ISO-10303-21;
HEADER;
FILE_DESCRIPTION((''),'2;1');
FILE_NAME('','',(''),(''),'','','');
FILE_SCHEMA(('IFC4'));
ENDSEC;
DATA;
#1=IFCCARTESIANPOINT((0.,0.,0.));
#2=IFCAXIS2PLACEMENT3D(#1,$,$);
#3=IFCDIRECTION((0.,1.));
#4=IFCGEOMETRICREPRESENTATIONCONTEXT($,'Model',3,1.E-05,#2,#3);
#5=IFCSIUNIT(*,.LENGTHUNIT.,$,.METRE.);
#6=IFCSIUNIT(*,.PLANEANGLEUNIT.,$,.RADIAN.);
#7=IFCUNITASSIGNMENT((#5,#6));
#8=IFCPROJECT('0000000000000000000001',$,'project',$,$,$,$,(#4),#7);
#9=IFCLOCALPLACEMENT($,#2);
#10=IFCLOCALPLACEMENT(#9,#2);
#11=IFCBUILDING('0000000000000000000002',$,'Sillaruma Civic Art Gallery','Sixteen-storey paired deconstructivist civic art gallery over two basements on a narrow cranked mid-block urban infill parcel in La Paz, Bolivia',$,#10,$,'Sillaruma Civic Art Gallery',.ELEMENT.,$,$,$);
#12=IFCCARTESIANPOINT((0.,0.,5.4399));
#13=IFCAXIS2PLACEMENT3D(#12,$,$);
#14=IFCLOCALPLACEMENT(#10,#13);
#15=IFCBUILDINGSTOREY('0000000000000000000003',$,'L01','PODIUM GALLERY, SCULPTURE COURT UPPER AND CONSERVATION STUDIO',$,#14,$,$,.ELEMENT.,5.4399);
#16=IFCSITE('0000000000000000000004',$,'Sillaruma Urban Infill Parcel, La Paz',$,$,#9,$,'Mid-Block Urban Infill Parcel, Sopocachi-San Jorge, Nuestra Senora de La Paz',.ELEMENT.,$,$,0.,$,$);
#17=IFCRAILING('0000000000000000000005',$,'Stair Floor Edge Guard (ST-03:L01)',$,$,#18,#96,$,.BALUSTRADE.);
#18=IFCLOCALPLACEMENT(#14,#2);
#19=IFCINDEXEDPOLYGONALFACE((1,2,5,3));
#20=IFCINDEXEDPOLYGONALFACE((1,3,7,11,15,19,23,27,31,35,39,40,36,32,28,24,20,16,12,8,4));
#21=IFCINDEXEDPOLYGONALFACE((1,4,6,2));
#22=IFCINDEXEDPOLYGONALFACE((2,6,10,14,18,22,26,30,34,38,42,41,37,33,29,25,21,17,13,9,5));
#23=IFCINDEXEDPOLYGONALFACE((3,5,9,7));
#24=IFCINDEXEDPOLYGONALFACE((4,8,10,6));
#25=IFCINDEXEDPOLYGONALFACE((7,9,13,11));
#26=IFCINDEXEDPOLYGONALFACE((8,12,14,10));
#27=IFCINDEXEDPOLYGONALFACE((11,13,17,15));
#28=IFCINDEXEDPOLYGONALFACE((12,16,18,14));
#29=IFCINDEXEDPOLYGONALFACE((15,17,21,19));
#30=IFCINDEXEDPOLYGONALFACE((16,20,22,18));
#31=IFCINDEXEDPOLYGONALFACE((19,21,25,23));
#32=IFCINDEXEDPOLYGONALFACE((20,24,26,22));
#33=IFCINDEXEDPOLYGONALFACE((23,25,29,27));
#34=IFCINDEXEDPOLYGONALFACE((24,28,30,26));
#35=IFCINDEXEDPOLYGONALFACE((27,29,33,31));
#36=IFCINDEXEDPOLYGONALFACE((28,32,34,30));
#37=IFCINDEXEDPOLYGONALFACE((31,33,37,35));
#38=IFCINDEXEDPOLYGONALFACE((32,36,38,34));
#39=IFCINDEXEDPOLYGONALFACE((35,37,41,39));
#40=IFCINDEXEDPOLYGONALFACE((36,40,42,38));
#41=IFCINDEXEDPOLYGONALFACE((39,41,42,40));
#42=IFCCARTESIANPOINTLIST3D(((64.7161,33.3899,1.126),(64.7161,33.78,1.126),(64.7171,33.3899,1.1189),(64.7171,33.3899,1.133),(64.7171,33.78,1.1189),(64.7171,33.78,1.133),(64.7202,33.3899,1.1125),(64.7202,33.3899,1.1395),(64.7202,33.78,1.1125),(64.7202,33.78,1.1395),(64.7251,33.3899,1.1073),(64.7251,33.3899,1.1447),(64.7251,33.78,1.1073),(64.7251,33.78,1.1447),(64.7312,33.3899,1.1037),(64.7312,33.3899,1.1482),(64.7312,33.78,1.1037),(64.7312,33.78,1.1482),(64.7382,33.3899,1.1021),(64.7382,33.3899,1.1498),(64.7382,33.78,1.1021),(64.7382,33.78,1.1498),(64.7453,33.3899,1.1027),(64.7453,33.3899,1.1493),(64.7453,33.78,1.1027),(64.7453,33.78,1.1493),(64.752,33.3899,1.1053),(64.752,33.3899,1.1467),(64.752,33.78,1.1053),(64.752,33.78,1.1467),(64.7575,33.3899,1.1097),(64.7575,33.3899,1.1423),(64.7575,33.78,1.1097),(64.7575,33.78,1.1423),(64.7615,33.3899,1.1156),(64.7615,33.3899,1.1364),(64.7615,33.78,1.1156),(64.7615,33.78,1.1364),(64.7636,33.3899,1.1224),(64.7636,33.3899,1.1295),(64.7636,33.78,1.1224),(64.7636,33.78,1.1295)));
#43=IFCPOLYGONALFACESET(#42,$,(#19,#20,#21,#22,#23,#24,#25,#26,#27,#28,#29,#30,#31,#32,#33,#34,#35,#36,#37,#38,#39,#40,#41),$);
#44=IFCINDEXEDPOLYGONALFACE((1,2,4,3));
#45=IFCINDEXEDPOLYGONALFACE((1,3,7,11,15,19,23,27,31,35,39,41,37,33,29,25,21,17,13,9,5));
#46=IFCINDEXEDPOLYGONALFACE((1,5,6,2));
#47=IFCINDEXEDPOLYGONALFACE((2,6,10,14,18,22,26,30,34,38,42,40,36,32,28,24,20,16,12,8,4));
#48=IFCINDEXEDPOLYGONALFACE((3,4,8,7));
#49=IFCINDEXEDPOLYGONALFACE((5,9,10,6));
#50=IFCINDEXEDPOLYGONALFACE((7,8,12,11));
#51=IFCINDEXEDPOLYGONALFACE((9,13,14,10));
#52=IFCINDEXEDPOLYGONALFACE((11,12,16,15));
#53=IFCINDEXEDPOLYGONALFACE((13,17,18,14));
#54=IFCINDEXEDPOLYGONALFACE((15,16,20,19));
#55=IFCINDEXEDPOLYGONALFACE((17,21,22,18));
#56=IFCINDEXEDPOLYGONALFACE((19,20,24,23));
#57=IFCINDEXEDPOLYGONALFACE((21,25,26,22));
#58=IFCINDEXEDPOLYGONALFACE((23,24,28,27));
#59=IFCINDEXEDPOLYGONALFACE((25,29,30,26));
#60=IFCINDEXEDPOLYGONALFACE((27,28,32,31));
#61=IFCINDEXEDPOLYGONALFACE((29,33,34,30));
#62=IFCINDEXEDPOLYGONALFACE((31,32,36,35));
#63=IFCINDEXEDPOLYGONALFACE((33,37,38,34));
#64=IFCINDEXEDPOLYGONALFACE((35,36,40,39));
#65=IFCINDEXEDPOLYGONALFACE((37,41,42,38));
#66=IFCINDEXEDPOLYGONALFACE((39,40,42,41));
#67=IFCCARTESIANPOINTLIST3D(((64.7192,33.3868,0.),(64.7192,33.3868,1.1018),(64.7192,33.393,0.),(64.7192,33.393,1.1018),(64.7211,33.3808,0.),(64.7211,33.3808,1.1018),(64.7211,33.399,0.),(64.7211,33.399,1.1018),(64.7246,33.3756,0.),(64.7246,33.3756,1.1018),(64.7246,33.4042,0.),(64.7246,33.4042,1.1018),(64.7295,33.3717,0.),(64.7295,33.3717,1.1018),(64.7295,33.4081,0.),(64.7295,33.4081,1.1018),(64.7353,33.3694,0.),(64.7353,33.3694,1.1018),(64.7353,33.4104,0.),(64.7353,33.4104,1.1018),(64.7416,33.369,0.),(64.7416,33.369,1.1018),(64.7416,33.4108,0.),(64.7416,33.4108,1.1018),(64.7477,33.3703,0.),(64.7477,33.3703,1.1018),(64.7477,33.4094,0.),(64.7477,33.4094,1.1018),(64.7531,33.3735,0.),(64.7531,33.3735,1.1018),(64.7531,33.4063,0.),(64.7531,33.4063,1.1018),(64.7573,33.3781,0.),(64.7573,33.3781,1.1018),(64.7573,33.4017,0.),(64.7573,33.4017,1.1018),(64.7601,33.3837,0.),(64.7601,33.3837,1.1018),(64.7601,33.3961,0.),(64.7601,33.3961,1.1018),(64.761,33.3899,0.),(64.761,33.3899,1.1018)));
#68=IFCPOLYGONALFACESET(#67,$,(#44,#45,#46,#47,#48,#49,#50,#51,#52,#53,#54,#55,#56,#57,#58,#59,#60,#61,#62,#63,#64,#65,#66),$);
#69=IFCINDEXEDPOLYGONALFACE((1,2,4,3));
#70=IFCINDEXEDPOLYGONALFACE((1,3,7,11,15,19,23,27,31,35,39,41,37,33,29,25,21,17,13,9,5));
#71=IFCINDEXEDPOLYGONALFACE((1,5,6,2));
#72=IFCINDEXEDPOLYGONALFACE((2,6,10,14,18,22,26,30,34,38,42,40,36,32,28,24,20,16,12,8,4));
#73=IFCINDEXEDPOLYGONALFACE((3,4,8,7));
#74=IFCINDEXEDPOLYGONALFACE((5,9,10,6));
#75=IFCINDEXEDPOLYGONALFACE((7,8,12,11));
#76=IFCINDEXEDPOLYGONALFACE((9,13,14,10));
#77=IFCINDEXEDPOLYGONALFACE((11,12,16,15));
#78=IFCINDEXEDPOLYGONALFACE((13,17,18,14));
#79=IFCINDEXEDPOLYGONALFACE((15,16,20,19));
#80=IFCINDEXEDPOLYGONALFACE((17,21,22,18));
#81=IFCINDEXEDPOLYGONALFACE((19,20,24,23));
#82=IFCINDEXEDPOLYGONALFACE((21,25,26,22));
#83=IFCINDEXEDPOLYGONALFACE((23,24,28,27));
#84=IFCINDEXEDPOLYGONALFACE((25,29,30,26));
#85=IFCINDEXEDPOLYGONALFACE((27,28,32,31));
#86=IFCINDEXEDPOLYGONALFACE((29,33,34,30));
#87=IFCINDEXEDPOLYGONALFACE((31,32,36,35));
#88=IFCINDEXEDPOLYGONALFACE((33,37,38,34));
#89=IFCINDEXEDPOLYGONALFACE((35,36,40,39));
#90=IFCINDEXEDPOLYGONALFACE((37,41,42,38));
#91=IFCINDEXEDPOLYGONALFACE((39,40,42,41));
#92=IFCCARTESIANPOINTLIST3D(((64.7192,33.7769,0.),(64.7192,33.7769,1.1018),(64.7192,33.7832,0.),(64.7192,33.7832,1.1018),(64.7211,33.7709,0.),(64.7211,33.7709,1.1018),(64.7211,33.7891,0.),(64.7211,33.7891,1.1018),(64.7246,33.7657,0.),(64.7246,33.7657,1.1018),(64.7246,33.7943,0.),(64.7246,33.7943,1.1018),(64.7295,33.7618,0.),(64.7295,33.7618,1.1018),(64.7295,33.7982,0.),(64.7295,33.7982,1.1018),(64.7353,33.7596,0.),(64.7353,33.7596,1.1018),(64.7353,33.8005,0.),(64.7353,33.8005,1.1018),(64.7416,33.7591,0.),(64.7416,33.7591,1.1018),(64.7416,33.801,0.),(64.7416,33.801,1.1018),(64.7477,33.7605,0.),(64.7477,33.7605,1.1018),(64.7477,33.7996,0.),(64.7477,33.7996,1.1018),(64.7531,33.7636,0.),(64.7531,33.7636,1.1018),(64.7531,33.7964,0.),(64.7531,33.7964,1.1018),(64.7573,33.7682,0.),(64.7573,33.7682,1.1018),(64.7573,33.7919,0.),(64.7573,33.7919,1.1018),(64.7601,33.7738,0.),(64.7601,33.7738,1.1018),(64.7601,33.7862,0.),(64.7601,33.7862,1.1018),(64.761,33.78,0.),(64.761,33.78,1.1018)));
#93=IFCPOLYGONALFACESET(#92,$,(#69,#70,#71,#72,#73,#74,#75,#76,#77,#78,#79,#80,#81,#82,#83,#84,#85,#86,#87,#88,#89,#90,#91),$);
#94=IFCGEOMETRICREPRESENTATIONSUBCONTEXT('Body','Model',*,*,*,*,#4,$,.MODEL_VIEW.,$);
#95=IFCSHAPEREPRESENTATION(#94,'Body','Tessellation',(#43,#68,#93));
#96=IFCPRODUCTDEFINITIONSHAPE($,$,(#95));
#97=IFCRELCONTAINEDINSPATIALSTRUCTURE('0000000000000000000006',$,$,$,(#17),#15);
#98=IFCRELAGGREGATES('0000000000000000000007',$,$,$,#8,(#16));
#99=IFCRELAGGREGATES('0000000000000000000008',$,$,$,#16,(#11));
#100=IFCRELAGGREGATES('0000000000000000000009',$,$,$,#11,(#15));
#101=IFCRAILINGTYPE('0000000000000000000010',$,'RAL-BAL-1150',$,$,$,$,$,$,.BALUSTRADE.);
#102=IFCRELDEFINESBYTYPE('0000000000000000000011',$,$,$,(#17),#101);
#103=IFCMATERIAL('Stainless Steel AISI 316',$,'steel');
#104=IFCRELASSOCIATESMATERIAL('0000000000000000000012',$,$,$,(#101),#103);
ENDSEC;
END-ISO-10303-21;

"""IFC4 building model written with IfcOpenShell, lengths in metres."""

from ifc_helpers import new_model, si_unit, direction, frame, origin, origin_2d, place, context, subcontext, project, spatial, circle, extrude, material, type_object, element, save


model = new_model("IFC4")

# Units and contexts
model_context = context("Model", 3, precision=1e-05, world=origin(), true_north=direction((0.0, 1.0)))
body_context = subcontext(model_context, "Body", "Model", "MODEL_VIEW")
ifc_project = project(units=[si_unit("LENGTHUNIT", "METRE"), si_unit("PLANEANGLEUNIT", "RADIAN")], contexts=[model_context])

# Site, building, storey
site_placement = place(None, origin())
site = spatial("IfcSite", under=ifc_project, at=site_placement, Name="Sillaruma Urban Infill Parcel, La Paz", LongName="Mid-Block Urban Infill Parcel, Sopocachi-San Jorge, Nuestra Senora de La Paz", CompositionType="ELEMENT", RefElevation=0.0)
building_placement = place(site_placement, origin())
building = spatial("IfcBuilding", under=site, at=building_placement, Name="Sillaruma Civic Art Gallery", Description="Sixteen-storey paired deconstructivist civic art gallery over two basements on a narrow cranked mid-block urban infill parcel in La Paz, Bolivia", LongName="Sillaruma Civic Art Gallery", CompositionType="ELEMENT")
storey_placement = place(building_placement, frame((0.0, 0.0, 5.4399)))
storey = spatial("IfcBuildingStorey", under=building, at=storey_placement, Name="L01", Description="PODIUM GALLERY, SCULPTURE COURT UPPER AND CONSERVATION STUDIO", CompositionType="ELEMENT", Elevation=5.4399)

# Railing
ifc_material_1 = material(Name="Stainless Steel AISI 316", Category="steel")
railing_type_1 = type_object("IfcRailingType", Name="RAL-BAL-1150", PredefinedType="BALUSTRADE", material=ifc_material_1)
railing_1_placement = place(storey_placement, frame((64.74, 33.3899, 0.0)))
element("IfcRailing", 1, at=railing_1_placement, inside=storey, type_object=railing_type_1, Name="Stair Floor Edge Guard (ST-03:L01)", PredefinedType="BALUSTRADE", context=body_context, shape_type="SweptSolid", body=[
    extrude(circle(Radius=0.0239, at=origin_2d()), frame((0.0, 0.0, 1.126), z_axis=(0.0, 1.0, 0.0), x_axis=(-1.0, 0.0, 0.0)), (0.0, 0.0, 1.0), 0.3901),
    extrude(circle(Radius=0.021, at=origin_2d()), origin(), (0.0, 0.0, 1.0), 1.1018),
    extrude(circle(Radius=0.021, at=origin_2d()), frame((0.0, 0.3901, 0.0)), (0.0, 0.0, 1.0), 1.1018),
])

save(model, "model.ifc")
